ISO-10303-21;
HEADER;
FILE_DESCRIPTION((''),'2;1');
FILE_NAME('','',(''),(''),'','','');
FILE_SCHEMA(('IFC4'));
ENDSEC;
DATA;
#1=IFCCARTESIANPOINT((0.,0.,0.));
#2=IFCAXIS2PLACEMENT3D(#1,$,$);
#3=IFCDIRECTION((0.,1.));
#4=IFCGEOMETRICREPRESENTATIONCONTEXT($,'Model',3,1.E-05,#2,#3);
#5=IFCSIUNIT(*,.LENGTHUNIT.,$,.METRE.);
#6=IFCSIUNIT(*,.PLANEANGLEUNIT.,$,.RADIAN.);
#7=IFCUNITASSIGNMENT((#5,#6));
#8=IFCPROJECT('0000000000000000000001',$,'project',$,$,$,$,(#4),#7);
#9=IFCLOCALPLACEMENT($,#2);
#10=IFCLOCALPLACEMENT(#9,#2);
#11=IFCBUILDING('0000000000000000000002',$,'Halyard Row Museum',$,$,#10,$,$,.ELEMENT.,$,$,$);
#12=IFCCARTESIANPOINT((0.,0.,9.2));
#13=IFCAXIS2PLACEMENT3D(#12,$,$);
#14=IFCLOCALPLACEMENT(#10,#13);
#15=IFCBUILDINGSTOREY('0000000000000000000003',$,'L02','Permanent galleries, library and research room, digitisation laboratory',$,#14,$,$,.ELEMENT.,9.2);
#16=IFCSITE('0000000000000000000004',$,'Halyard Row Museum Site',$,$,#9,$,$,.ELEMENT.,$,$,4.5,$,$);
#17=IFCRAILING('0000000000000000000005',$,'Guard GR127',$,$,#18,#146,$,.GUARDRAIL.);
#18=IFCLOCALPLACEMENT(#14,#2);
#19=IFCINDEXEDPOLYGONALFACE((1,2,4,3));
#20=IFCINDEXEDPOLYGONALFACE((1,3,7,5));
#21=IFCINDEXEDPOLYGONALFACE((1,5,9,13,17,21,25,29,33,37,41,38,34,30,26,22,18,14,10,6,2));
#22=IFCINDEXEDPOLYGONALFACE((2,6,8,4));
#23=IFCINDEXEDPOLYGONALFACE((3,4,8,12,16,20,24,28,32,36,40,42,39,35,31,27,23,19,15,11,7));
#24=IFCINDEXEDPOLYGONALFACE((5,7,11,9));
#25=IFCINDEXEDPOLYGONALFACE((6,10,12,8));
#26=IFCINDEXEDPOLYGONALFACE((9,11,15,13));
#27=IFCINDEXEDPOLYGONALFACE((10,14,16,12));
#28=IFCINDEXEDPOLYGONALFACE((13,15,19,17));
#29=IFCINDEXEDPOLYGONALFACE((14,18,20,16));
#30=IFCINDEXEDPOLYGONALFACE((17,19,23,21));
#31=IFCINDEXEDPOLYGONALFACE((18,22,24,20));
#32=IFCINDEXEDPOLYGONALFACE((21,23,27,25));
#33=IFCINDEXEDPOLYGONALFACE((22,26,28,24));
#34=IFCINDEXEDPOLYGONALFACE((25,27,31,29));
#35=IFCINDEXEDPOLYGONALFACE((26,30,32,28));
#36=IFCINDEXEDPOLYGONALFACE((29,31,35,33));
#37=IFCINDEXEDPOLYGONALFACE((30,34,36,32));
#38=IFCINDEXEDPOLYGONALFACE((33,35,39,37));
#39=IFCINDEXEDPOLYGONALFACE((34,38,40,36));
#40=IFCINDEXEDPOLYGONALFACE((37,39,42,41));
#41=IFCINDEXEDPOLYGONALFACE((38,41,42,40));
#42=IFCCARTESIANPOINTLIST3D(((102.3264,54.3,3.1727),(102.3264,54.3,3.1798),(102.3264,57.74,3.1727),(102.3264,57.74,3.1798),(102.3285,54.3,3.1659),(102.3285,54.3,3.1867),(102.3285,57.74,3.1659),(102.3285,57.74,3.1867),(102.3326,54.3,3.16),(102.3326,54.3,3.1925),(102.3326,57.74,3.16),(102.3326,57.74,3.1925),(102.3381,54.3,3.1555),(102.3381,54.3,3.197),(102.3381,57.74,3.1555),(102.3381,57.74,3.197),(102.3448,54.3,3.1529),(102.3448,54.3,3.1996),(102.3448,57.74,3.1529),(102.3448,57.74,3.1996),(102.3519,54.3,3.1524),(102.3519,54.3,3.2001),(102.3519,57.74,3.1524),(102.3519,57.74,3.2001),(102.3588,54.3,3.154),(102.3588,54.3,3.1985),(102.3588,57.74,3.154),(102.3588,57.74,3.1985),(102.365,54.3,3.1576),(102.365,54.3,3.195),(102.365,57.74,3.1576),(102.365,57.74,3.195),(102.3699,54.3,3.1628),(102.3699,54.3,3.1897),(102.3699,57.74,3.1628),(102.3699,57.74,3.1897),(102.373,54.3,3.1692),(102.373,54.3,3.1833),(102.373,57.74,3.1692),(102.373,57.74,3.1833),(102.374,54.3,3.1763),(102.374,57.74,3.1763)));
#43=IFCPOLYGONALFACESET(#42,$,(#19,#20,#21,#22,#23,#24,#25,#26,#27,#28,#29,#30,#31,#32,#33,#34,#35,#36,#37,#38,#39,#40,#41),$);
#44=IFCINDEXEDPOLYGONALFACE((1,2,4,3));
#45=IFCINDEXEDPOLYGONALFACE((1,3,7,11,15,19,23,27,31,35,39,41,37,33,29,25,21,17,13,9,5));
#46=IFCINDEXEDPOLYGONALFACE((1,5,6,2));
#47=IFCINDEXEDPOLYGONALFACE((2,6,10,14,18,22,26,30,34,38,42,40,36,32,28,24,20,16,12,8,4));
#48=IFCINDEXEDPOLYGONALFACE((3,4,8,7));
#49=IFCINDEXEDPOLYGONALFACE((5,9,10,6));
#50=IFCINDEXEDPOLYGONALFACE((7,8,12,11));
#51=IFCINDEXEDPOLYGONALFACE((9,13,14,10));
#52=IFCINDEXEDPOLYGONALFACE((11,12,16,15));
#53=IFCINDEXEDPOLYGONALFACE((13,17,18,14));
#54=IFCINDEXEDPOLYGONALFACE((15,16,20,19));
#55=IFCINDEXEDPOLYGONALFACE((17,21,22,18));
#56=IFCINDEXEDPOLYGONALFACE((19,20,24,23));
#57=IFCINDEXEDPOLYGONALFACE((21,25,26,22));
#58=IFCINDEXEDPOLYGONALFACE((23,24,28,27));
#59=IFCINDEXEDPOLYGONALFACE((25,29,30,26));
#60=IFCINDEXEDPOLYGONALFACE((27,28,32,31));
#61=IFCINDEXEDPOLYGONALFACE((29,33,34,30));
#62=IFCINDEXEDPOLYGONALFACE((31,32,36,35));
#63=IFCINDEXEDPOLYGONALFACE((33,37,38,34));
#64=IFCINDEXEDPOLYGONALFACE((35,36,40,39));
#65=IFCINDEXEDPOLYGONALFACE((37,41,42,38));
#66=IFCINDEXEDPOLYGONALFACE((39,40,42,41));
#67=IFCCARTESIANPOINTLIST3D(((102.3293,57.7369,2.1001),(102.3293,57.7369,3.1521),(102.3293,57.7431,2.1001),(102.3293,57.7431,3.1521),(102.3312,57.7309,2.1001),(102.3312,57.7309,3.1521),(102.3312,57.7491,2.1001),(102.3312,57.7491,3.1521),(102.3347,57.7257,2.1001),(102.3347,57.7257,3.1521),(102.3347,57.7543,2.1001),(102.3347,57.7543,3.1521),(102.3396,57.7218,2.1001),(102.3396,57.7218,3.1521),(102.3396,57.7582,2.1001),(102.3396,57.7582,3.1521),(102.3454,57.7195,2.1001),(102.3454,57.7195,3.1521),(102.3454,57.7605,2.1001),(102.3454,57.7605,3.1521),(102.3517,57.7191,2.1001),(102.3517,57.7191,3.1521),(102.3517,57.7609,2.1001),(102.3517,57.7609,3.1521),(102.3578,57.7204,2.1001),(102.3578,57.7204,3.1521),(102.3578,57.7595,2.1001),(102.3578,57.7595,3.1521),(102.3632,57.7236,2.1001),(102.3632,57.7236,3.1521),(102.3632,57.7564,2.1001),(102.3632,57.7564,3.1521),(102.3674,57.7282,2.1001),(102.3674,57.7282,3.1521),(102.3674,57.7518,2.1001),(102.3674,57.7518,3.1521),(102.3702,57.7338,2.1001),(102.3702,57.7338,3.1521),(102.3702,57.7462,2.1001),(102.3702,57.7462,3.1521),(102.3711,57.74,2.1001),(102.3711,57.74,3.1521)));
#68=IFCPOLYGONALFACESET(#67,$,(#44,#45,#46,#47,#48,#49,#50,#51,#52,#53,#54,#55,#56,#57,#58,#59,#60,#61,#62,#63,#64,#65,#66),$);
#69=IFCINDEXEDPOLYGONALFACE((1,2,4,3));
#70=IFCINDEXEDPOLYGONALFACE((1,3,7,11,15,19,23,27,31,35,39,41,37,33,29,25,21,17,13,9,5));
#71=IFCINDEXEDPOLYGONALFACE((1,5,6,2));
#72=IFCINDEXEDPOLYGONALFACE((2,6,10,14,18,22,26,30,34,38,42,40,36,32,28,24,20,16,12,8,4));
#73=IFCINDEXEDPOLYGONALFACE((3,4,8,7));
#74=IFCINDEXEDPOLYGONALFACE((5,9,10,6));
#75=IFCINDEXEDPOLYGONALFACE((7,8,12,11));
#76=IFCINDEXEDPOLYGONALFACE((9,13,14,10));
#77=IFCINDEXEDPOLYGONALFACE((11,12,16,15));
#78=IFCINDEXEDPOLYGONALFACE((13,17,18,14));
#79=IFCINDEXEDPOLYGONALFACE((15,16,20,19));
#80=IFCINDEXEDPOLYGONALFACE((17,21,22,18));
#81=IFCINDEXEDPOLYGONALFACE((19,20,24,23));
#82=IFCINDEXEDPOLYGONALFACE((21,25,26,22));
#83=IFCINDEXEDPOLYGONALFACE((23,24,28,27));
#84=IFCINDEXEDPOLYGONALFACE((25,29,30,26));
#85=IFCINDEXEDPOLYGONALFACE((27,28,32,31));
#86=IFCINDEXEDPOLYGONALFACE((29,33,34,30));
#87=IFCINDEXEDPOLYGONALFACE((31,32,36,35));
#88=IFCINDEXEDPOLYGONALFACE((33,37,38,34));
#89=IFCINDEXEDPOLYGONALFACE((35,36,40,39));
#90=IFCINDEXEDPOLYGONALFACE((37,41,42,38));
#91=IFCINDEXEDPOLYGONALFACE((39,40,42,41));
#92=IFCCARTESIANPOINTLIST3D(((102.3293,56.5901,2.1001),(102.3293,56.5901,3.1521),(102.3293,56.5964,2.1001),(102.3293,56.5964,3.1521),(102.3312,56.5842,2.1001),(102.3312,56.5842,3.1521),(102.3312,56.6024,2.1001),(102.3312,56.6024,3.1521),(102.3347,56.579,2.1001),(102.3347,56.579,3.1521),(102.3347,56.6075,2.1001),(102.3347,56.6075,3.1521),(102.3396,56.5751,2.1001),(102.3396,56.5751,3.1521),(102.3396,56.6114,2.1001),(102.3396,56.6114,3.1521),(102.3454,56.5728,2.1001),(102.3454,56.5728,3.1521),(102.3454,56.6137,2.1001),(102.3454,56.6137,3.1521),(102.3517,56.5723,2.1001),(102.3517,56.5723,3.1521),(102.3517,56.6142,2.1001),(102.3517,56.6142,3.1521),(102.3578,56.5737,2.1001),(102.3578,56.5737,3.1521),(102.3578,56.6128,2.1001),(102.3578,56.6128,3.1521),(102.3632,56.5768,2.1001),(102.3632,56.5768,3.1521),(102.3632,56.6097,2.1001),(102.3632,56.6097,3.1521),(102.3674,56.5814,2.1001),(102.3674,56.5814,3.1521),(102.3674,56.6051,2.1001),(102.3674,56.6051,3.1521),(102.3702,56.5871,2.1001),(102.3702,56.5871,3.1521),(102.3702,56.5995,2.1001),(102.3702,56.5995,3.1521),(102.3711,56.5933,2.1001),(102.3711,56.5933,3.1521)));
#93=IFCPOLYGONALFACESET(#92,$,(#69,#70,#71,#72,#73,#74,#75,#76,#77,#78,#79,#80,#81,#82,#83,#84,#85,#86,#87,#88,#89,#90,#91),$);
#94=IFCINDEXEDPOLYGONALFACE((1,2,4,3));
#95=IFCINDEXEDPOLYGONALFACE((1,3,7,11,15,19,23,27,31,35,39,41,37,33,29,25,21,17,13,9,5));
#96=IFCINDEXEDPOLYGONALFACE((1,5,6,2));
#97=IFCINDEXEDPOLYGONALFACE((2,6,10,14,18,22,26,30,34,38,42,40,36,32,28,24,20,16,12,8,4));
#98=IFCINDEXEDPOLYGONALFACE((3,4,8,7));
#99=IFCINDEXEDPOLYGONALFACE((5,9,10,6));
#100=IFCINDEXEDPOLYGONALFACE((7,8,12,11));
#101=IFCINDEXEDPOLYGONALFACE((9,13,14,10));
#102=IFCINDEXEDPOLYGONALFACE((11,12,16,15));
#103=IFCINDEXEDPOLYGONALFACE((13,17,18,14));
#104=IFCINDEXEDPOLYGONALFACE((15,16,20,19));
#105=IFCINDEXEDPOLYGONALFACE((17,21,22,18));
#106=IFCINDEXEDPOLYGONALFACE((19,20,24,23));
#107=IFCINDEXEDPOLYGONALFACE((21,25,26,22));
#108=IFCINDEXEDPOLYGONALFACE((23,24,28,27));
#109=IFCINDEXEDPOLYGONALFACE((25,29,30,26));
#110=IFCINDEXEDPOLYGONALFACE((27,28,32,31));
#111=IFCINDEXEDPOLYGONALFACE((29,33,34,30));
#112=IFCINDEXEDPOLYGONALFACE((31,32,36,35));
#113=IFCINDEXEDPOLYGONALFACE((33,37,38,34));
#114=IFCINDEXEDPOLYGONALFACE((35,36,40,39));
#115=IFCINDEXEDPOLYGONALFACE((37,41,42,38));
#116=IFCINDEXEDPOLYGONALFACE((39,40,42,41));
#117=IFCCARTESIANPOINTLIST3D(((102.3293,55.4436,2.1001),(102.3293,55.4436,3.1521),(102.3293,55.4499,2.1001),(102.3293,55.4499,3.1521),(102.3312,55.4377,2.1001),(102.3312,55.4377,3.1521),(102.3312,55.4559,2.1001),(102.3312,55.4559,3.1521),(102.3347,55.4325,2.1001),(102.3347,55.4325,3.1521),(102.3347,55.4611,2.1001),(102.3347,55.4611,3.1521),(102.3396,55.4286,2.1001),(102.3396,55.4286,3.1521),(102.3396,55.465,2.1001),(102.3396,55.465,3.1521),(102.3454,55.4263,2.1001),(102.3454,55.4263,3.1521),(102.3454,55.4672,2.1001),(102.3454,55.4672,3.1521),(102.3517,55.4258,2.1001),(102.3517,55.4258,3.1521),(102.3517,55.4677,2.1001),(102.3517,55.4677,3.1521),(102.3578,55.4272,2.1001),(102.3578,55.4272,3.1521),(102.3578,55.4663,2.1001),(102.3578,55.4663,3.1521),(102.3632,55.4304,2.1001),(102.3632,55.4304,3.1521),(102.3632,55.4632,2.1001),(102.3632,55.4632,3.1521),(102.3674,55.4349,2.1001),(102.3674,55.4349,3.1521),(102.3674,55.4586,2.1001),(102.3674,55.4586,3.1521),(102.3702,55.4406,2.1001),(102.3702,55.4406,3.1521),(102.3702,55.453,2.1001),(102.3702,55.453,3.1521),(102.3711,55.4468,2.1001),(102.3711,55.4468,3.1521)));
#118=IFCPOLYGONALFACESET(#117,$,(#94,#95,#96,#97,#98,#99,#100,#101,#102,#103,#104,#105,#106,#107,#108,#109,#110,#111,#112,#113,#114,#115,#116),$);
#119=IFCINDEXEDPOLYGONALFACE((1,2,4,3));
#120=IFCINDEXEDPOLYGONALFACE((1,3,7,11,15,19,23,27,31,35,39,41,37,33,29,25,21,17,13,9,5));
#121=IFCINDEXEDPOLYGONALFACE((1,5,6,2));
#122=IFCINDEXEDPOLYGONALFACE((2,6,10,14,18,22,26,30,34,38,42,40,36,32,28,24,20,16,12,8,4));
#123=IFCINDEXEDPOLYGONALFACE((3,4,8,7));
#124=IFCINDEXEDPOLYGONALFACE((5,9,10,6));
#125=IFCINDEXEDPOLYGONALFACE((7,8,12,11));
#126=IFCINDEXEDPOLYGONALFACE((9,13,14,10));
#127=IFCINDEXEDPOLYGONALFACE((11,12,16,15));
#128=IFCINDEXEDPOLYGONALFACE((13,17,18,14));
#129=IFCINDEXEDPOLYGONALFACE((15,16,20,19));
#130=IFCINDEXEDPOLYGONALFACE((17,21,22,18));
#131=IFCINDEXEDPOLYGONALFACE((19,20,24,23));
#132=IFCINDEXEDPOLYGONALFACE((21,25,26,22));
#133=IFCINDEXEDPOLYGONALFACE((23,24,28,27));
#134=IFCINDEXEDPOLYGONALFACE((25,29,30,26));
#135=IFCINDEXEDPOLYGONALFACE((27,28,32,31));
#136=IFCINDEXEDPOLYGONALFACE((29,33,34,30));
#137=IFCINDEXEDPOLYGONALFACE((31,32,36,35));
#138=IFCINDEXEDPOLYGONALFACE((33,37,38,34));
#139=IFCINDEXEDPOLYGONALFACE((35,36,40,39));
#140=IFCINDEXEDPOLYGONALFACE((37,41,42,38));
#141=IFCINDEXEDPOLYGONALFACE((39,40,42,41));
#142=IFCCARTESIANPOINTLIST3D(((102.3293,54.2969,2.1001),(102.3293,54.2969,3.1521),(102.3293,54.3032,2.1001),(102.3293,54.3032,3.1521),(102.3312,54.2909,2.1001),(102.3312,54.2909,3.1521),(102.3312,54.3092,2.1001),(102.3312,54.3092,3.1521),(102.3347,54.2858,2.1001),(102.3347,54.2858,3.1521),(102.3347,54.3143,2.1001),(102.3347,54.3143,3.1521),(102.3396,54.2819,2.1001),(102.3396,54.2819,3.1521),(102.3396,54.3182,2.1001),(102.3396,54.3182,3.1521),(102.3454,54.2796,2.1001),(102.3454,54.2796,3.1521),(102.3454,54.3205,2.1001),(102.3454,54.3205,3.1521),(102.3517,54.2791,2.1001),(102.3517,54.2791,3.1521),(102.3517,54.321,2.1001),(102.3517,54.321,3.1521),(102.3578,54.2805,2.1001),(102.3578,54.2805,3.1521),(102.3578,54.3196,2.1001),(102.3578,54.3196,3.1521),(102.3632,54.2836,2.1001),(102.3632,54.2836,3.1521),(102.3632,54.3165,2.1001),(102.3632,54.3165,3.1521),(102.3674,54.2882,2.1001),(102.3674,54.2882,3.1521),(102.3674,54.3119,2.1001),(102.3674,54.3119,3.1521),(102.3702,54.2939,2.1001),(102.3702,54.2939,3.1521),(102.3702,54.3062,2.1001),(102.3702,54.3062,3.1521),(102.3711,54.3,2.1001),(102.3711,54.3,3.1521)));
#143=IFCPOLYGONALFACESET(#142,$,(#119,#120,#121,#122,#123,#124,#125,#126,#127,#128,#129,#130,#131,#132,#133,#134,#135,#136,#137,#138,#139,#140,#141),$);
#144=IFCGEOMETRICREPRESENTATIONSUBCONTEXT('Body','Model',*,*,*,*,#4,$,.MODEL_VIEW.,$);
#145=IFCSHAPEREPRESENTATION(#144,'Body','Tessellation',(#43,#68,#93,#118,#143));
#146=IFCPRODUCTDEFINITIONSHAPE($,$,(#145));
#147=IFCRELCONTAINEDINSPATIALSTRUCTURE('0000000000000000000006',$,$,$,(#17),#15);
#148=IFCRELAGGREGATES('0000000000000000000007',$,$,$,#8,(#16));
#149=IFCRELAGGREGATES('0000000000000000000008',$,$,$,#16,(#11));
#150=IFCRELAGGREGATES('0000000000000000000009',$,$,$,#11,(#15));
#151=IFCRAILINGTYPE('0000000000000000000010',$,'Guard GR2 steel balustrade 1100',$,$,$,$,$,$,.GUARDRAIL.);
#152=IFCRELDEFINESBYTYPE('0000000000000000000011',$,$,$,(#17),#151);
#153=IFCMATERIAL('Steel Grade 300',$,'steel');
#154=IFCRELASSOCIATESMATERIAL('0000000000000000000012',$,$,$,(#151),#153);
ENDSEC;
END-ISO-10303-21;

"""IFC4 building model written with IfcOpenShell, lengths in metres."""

from ifc_helpers import new_model, si_unit, direction, frame, origin, origin_2d, place, context, subcontext, project, spatial, circle, extrude, material, type_object, element, save


model = new_model("IFC4")

# Units and contexts
model_context = context("Model", 3, precision=1e-05, world=origin(), true_north=direction((0.0, 1.0)))
body_context = subcontext(model_context, "Body", "Model", "MODEL_VIEW")
ifc_project = project(units=[si_unit("LENGTHUNIT", "METRE"), si_unit("PLANEANGLEUNIT", "RADIAN")], contexts=[model_context])

# Site, building, storey
site_placement = place(None, origin())
site = spatial("IfcSite", under=ifc_project, at=site_placement, Name="Halyard Row Museum Site", CompositionType="ELEMENT", RefElevation=4.5)
building_placement = place(site_placement, origin())
building = spatial("IfcBuilding", under=site, at=building_placement, Name="Halyard Row Museum", CompositionType="ELEMENT")
storey_placement = place(building_placement, frame((0.0, 0.0, 9.2)))
storey = spatial("IfcBuildingStorey", under=building, at=storey_placement, Name="L02", Description="Permanent galleries, library and research room, digitisation laboratory", CompositionType="ELEMENT", Elevation=9.2)

# Railing
ifc_material_1 = material(Name="Steel Grade 300", Category="steel")
railing_type_1 = type_object("IfcRailingType", Name="Guard GR2 steel balustrade 1100", PredefinedType="GUARDRAIL", material=ifc_material_1)
railing_1_placement = place(storey_placement, frame((102.3501, 57.74, 2.1001)))
element("IfcRailing", 1, at=railing_1_placement, inside=storey, type_object=railing_type_1, Name="Guard GR127", PredefinedType="GUARDRAIL", context=body_context, shape_type="SweptSolid", body=[
    extrude(circle(Radius=0.0239, at=origin_2d()), frame((0.0, 0.0, 1.0762), z_axis=(0.0, -1.0, 0.0), x_axis=(1.0, 0.0, 0.0)), (0.0, 0.0, 1.0), 3.4399),
    extrude(circle(Radius=0.021, at=origin_2d()), origin(), (0.0, 0.0, 1.0), 1.052),
    extrude(circle(Radius=0.021, at=origin_2d()), frame((0.0, -1.1467, 0.0)), (0.0, 0.0, 1.0), 1.052),
    extrude(circle(Radius=0.021, at=origin_2d()), frame((0.0, -2.2932, 0.0)), (0.0, 0.0, 1.0), 1.052),
    extrude(circle(Radius=0.021, at=origin_2d()), frame((0.0, -3.4399, 0.0)), (0.0, 0.0, 1.0), 1.052),
])

save(model, "model.ifc")
